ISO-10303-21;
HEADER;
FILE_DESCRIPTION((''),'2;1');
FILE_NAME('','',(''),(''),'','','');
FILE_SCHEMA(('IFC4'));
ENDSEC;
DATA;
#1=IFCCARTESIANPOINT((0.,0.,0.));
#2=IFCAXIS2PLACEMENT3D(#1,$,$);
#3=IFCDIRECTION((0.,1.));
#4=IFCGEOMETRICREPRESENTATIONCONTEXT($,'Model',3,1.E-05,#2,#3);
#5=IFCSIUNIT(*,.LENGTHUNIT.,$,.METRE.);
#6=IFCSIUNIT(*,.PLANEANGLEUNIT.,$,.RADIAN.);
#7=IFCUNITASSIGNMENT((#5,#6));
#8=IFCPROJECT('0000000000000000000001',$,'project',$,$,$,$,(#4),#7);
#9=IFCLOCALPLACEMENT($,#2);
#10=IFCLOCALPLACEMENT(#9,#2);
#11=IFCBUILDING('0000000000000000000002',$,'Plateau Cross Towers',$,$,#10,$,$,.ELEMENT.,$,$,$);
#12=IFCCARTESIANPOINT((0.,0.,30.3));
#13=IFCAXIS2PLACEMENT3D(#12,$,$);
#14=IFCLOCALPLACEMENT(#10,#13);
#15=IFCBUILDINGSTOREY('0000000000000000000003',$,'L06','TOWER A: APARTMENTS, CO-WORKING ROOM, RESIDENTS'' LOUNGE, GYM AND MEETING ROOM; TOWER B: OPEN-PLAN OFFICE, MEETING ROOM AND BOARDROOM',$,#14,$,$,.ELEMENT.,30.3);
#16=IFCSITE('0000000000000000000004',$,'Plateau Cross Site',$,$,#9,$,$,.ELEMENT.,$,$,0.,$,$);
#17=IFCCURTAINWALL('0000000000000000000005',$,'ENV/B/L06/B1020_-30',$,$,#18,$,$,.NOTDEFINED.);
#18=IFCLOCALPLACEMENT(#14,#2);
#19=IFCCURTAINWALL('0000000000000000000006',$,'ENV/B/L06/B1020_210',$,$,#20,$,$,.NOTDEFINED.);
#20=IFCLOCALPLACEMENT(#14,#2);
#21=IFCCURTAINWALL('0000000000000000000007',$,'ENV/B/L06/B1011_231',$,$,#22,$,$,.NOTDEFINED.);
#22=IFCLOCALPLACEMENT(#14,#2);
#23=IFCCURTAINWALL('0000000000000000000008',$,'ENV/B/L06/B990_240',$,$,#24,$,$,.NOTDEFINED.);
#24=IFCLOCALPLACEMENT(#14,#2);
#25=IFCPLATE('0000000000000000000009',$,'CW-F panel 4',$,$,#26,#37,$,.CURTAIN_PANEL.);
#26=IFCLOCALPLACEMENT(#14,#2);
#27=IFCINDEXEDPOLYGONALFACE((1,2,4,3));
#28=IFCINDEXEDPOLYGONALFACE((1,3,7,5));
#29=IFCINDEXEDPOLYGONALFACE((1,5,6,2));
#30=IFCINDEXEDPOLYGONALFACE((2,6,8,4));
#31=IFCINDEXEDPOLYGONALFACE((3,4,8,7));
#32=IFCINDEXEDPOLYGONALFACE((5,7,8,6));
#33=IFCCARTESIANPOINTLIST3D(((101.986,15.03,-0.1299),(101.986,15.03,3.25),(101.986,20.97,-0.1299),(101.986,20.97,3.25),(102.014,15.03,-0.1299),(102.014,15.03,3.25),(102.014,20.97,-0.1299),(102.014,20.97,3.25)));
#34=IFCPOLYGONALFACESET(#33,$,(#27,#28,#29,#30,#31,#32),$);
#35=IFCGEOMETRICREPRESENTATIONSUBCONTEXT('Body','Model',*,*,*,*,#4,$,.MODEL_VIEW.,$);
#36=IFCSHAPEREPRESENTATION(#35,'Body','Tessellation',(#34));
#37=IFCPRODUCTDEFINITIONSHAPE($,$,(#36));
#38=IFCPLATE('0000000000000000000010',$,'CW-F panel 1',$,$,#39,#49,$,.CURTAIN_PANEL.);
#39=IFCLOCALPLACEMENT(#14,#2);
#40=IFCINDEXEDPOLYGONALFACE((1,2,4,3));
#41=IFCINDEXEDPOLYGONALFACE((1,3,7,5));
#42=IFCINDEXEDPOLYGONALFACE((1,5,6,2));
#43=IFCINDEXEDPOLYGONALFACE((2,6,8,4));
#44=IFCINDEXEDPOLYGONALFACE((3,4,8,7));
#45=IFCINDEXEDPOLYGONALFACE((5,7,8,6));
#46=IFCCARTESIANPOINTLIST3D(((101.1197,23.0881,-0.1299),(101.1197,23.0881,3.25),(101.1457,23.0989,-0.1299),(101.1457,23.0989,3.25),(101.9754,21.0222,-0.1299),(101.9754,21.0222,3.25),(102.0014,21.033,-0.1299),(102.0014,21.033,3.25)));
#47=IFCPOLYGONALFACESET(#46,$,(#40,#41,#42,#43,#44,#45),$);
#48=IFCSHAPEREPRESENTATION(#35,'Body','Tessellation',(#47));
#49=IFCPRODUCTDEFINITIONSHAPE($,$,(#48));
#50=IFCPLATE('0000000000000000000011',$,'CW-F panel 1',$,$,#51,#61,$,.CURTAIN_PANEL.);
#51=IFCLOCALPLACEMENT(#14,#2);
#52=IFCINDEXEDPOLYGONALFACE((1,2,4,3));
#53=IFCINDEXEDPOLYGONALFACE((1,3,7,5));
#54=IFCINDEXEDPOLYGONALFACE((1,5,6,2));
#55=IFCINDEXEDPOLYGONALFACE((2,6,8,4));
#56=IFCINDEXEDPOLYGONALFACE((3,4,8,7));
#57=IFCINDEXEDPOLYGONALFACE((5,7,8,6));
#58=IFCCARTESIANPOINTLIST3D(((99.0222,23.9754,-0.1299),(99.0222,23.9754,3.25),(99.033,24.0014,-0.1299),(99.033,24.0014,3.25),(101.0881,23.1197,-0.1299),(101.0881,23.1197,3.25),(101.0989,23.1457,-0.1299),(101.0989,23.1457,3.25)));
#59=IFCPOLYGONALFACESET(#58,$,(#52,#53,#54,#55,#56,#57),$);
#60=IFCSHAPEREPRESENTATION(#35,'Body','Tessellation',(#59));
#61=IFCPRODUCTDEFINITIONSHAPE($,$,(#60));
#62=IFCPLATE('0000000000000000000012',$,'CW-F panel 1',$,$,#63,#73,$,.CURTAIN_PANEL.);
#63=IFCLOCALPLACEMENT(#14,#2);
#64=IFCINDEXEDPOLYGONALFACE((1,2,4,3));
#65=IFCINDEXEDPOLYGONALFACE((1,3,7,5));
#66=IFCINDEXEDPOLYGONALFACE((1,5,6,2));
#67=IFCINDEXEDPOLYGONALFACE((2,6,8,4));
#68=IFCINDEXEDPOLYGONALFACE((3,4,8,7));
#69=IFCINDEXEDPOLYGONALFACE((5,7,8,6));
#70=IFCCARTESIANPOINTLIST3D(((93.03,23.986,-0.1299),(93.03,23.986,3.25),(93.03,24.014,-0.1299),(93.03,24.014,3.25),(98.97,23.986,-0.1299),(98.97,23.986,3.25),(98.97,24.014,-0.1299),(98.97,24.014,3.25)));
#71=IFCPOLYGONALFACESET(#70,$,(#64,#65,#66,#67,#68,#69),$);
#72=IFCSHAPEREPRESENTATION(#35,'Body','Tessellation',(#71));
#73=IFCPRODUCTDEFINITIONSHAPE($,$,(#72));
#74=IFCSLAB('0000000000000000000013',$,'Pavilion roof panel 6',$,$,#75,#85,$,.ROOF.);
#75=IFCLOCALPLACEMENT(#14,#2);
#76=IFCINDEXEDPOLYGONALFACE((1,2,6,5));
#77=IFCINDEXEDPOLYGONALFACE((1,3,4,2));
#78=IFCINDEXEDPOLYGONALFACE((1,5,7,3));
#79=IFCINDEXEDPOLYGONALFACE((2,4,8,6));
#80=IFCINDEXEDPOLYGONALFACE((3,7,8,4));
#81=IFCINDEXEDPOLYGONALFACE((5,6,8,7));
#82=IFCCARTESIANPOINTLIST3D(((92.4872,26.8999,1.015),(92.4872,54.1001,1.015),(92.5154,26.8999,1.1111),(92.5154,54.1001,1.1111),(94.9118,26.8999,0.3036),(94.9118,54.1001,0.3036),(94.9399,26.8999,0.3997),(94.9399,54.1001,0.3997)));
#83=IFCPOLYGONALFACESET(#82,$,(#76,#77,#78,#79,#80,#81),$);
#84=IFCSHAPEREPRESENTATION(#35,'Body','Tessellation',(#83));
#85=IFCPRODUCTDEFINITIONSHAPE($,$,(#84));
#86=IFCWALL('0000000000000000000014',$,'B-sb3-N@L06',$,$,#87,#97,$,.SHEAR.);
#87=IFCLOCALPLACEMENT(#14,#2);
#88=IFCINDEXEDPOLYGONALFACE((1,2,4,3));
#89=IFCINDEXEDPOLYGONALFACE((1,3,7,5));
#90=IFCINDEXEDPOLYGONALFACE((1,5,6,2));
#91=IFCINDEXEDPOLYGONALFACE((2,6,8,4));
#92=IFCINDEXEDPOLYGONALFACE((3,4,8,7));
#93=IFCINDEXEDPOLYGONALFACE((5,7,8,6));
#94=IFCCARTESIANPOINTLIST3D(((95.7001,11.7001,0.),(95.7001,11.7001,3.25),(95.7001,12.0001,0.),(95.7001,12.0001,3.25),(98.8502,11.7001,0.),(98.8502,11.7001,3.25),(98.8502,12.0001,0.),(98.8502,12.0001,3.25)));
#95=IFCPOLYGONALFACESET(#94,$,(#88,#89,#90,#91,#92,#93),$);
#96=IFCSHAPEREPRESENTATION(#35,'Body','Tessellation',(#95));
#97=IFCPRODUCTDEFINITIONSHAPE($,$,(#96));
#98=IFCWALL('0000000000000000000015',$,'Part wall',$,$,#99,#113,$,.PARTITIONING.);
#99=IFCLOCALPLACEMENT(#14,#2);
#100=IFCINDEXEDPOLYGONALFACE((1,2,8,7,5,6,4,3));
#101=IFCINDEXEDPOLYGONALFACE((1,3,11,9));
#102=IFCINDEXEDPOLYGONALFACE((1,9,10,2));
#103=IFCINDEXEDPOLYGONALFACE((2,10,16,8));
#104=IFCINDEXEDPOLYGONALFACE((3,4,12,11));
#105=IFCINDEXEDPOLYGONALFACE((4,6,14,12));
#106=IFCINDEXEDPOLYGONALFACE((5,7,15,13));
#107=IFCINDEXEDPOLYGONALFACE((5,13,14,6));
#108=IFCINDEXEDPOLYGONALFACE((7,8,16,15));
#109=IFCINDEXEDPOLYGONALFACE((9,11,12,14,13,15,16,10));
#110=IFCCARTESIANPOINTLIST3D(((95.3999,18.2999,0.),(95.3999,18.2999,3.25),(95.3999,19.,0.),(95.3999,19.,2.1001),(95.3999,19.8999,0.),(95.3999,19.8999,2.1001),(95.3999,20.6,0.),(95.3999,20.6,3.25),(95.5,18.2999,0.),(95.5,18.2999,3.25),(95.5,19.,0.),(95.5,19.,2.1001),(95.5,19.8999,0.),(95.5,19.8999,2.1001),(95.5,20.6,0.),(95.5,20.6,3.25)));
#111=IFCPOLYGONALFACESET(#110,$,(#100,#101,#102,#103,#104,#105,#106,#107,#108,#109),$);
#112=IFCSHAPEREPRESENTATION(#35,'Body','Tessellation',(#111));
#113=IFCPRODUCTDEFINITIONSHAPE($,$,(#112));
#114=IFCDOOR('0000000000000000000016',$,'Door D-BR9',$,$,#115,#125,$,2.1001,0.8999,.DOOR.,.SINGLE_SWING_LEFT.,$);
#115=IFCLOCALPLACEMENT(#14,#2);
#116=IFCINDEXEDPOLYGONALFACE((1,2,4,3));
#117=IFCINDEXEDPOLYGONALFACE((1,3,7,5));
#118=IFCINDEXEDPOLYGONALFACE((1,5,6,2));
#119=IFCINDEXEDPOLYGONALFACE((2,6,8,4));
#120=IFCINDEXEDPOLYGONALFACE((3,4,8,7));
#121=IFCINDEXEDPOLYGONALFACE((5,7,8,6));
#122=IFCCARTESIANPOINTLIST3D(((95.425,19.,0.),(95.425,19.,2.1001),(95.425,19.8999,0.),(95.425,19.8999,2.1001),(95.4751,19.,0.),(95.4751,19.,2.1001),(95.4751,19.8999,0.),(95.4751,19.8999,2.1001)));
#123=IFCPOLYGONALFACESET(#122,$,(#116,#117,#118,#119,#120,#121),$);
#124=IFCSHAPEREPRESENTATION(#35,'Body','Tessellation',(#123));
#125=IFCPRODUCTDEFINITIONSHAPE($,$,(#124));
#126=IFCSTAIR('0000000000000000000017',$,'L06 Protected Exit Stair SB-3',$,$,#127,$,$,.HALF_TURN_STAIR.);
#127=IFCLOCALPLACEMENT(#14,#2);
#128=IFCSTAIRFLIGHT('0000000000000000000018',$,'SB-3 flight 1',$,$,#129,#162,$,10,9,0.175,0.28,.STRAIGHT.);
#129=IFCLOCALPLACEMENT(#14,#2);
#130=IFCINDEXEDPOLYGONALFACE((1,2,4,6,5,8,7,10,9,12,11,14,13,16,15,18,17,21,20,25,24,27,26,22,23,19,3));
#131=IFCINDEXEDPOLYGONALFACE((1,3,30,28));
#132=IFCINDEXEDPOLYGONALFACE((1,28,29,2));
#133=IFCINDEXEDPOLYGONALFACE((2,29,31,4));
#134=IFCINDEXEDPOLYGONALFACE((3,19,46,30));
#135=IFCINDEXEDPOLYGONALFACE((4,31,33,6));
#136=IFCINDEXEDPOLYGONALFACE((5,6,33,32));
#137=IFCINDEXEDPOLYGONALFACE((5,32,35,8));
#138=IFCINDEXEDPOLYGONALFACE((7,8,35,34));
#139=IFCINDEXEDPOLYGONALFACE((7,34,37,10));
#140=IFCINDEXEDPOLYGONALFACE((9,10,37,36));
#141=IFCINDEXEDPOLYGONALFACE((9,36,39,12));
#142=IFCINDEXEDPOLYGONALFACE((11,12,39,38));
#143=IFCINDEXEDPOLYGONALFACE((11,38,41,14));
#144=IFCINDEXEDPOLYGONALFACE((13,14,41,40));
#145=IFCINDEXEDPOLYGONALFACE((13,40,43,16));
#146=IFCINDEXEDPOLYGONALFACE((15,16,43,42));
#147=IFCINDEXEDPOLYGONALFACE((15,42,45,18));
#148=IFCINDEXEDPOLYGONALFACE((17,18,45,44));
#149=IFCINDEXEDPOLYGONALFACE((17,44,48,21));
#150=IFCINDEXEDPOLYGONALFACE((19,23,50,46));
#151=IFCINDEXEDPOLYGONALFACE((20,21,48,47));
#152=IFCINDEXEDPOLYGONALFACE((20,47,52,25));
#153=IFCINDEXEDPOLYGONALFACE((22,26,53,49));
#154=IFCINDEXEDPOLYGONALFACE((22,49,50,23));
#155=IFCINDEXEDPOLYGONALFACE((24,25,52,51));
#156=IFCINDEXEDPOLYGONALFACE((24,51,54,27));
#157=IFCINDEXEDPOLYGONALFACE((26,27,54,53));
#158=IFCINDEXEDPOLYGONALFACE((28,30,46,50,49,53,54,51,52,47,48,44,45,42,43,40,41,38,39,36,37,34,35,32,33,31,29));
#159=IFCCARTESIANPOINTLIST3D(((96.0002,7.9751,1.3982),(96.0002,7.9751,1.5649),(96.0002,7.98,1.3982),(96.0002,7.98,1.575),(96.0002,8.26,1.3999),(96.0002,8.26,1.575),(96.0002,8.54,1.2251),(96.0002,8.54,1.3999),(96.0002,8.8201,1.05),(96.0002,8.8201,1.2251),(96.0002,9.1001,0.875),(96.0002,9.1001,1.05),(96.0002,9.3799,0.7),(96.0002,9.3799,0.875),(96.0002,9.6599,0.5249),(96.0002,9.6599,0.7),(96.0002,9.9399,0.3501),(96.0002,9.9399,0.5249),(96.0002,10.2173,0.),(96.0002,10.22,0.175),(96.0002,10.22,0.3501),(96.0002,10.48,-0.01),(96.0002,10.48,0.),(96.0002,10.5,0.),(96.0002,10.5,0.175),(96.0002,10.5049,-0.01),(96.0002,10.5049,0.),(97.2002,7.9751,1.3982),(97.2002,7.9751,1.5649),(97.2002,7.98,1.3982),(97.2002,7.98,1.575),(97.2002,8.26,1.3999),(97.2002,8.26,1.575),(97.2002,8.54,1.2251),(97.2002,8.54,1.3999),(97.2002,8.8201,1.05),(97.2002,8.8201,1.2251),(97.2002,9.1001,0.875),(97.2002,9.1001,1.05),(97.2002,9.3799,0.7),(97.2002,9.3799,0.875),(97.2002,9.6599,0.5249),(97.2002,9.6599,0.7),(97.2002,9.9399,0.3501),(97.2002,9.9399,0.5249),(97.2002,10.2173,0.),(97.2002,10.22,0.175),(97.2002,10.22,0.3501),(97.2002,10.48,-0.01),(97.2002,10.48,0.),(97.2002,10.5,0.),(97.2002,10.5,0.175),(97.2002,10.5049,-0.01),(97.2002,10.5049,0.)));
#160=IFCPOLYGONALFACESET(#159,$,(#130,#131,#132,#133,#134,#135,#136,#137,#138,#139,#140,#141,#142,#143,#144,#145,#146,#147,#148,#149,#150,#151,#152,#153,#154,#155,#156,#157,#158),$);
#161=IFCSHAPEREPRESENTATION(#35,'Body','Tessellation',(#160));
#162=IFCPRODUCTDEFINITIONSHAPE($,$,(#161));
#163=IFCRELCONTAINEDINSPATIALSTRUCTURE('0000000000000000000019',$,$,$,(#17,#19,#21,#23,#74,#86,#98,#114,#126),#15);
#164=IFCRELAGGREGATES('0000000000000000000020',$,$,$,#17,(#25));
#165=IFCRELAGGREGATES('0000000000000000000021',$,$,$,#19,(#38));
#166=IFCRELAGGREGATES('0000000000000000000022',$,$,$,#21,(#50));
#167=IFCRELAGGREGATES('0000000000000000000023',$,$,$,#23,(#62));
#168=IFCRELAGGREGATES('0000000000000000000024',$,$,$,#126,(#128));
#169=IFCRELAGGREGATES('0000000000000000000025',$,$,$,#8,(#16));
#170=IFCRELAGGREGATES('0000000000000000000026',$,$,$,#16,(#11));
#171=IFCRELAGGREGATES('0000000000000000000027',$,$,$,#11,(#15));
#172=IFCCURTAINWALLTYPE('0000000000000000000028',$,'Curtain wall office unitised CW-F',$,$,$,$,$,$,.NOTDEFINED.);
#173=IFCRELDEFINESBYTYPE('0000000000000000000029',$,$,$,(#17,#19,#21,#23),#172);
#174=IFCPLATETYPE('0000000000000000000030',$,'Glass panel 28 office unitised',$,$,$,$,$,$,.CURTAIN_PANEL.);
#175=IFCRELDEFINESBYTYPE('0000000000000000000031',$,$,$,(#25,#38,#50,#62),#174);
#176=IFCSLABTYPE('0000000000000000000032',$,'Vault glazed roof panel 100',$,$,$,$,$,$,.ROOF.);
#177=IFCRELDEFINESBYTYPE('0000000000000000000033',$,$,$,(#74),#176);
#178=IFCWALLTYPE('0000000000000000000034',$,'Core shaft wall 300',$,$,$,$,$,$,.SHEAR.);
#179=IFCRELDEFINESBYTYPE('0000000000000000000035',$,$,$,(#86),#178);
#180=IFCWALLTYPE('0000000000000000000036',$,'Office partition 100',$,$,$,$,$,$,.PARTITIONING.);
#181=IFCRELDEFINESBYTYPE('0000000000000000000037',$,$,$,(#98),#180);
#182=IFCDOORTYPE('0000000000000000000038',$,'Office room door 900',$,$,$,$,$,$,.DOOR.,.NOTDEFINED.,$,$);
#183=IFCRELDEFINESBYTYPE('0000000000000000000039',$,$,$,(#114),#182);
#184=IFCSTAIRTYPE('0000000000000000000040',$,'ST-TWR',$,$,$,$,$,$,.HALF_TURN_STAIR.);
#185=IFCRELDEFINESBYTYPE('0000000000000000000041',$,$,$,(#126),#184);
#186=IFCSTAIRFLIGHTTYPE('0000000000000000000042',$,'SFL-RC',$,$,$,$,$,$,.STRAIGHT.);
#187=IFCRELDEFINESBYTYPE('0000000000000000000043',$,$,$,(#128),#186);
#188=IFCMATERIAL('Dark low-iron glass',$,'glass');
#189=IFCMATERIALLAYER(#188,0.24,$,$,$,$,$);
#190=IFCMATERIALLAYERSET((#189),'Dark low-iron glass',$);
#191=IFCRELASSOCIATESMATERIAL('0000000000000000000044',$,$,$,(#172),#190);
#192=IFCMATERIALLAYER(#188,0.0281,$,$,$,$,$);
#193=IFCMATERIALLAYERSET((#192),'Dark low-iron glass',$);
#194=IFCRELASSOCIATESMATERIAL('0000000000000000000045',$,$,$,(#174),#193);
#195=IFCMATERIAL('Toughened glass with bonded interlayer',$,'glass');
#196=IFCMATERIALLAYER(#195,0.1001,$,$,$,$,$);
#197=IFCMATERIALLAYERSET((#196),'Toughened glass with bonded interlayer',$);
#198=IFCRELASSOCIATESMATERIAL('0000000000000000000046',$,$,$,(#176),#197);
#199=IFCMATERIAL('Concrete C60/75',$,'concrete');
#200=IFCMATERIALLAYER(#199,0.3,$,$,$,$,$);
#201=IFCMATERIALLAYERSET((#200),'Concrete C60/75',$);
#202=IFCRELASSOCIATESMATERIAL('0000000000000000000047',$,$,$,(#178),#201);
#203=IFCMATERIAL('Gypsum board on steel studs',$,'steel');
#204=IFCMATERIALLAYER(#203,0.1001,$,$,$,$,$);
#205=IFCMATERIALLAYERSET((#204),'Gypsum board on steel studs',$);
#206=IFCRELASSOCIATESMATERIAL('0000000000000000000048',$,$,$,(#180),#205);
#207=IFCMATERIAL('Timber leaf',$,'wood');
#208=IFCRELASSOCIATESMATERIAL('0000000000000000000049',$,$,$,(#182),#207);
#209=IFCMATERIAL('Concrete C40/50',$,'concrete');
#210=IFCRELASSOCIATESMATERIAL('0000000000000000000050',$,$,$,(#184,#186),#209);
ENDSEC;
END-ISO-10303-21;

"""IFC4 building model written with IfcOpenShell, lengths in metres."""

from ifc_helpers import new_model, si_unit, direction, frame, frame_2d, origin, origin_2d, place, context, subcontext, project, spatial, polyline, rectangle, outline, extrude, material, layer, layer_set, type_object, element, fill, aggregate, save


model = new_model("IFC4")

# Units and contexts
model_context = context("Model", 3, precision=1e-05, world=origin(), true_north=direction((0.0, 1.0)))
body_context = subcontext(model_context, "Body", "Model", "MODEL_VIEW")
ifc_project = project(units=[si_unit("LENGTHUNIT", "METRE"), si_unit("PLANEANGLEUNIT", "RADIAN")], contexts=[model_context])

# Site, building, storey
site_placement = place(None, origin())
site = spatial("IfcSite", under=ifc_project, at=site_placement, Name="Plateau Cross Site", CompositionType="ELEMENT", RefElevation=0.0)
building_placement = place(site_placement, origin())
building = spatial("IfcBuilding", under=site, at=building_placement, Name="Plateau Cross Towers", CompositionType="ELEMENT")
storey_placement = place(building_placement, frame((0.0, 0.0, 30.3)))
storey = spatial("IfcBuildingStorey", under=building, at=storey_placement, Name="L06", Description="TOWER A: APARTMENTS, CO-WORKING ROOM, RESIDENTS' LOUNGE, GYM AND MEETING ROOM; TOWER B: OPEN-PLAN OFFICE, MEETING ROOM AND BOARDROOM", CompositionType="ELEMENT", Elevation=30.3)

# Shared definitions
ifc_material_1 = material(Name="Concrete C60/75", Category="concrete")

# Curtain wall
ifc_material_2 = material(Name="Dark low-iron glass", Category="glass")
ifc_layer_1 = layer(ifc_material_2, 0.24)
ifc_layer_set_1 = layer_set([ifc_layer_1], Name="Dark low-iron glass")
curtain_wall_type = type_object("IfcCurtainWallType", Name="Curtain wall office unitised CW-F", PredefinedType="NOTDEFINED", material=ifc_layer_set_1)
curtain_wall_1_placement = place(storey_placement, origin())
curtain_wall_1 = element("IfcCurtainWall", 1, at=curtain_wall_1_placement, inside=storey, type_object=curtain_wall_type, Name="ENV/B/L06/B1020_-30", PredefinedType="NOTDEFINED")

# Curtain walls
curtain_wall_2_placement = place(storey_placement, origin())
curtain_wall_2 = element("IfcCurtainWall", 2, at=curtain_wall_2_placement, inside=storey, type_object=curtain_wall_type, Name="ENV/B/L06/B1020_210", PredefinedType="NOTDEFINED")
curtain_wall_3_placement = place(storey_placement, origin())
curtain_wall_3 = element("IfcCurtainWall", 3, at=curtain_wall_3_placement, inside=storey, type_object=curtain_wall_type, Name="ENV/B/L06/B1011_231", PredefinedType="NOTDEFINED")

# Curtain wall
curtain_wall_4_placement = place(storey_placement, origin())
curtain_wall_4 = element("IfcCurtainWall", 4, at=curtain_wall_4_placement, inside=storey, type_object=curtain_wall_type, Name="ENV/B/L06/B990_240", PredefinedType="NOTDEFINED")

# Plates
ifc_layer_2 = layer(ifc_material_2, 0.0281)
ifc_layer_set_2 = layer_set([ifc_layer_2], Name="Dark low-iron glass")
plate_type = type_object("IfcPlateType", Name="Glass panel 28 office unitised", PredefinedType="CURTAIN_PANEL", material=ifc_layer_set_2)
plate_1_placement = place(storey_placement, frame((102.0, 18.0, -0.1299), z_axis=(0.0, 0.0, 1.0), x_axis=(0.0, 1.0, 0.0)))
plate_1 = element("IfcPlate", 5, at=plate_1_placement, type_object=plate_type, Name="CW-F panel 4", PredefinedType="CURTAIN_PANEL", context=body_context, shape_type="SweptSolid", body=[
    extrude(rectangle(XDim=5.9399, YDim=0.0281, at=origin_2d()), origin(), (0.0, 0.0, 1.0), 3.3799),
])
aggregate(curtain_wall_1, [plate_1])
plate_2_placement = place(storey_placement, frame((101.5605, 22.0605, -0.1299), z_axis=(0.0, 0.0, 1.0), x_axis=(-0.382684, 0.923879, 0.0)))
plate_2 = element("IfcPlate", 6, at=plate_2_placement, type_object=plate_type, Name="CW-F panel 1", PredefinedType="CURTAIN_PANEL", context=body_context, shape_type="SweptSolid", body=[
    extrude(rectangle(XDim=2.2361, YDim=0.0281, at=origin_2d()), origin(), (0.0, 0.0, 1.0), 3.3799),
])
aggregate(curtain_wall_2, [plate_2])
plate_3_placement = place(storey_placement, frame((100.0605, 23.5605, -0.1299), z_axis=(0.0, 0.0, 1.0), x_axis=(-0.923879, 0.382684, 0.0)))
plate_3 = element("IfcPlate", 7, at=plate_3_placement, type_object=plate_type, Name="CW-F panel 1", PredefinedType="CURTAIN_PANEL", context=body_context, shape_type="SweptSolid", body=[
    extrude(rectangle(XDim=2.2361, YDim=0.0281, at=origin_2d()), origin(), (0.0, 0.0, 1.0), 3.3799),
])
aggregate(curtain_wall_3, [plate_3])
plate_4_placement = place(storey_placement, frame((96.0, 24.0, -0.1299), z_axis=(0.0, 0.0, 1.0), x_axis=(-1.0, 0.0, 0.0)))
plate_4 = element("IfcPlate", 8, at=plate_4_placement, type_object=plate_type, Name="CW-F panel 1", PredefinedType="CURTAIN_PANEL", context=body_context, shape_type="SweptSolid", body=[
    extrude(rectangle(XDim=5.9399, YDim=0.0281, at=origin_2d()), origin(), (0.0, 0.0, 1.0), 3.3799),
])
aggregate(curtain_wall_4, [plate_4])

# Slab
ifc_material_3 = material(Name="Toughened glass with bonded interlayer", Category="glass")
ifc_layer_3 = layer(ifc_material_3, 0.1001)
ifc_layer_set_3 = layer_set([ifc_layer_3], Name="Toughened glass with bonded interlayer")
slab_type = type_object("IfcSlabType", Name="Vault glazed roof panel 100", PredefinedType="ROOF", material=ifc_layer_set_3)
slab_placement = place(storey_placement, frame((92.5154, 26.8999, 1.1111), z_axis=(0.281554, 0.0, 0.959545), x_axis=(0.959545, 0.0, -0.281554)))
element("IfcSlab", 9, at=slab_placement, inside=storey, type_object=slab_type, Name="Pavilion roof panel 6", PredefinedType="ROOF", context=body_context, shape_type="SweptSolid", body=[
    extrude(outline(polyline([(0.0, 0.0), (2.5268, 0.0), (2.5268, 27.2002), (0.0, 27.2002), (0.0, 0.0)])), origin(), (0.0, 0.0, -1.0), 0.1001),
])

# Wall
ifc_layer_4 = layer(ifc_material_1, 0.3)
ifc_layer_set_4 = layer_set([ifc_layer_4], Name="Concrete C60/75")
wall_type_1 = type_object("IfcWallType", Name="Core shaft wall 300", PredefinedType="SHEAR", material=ifc_layer_set_4)
wall_1_placement = place(storey_placement, frame((95.7, 11.8501, 0.0), z_axis=(0.0, 0.0, 1.0), x_axis=(1.0, 0.0, 0.0)))
element("IfcWall", 10, at=wall_1_placement, inside=storey, type_object=wall_type_1, Name="B-sb3-N@L06", PredefinedType="SHEAR", context=body_context, shape_type="SweptSolid", body=[
    extrude(rectangle(XDim=3.1501, YDim=0.3, at=frame_2d((1.5752, 0.0))), origin(), (0.0, 0.0, 1.0), 3.25),
])

# Wall, opening, door
ifc_material_4 = material(Name="Gypsum board on steel studs", Category="steel")
ifc_layer_5 = layer(ifc_material_4, 0.1001)
ifc_layer_set_5 = layer_set([ifc_layer_5], Name="Gypsum board on steel studs")
wall_type_2 = type_object("IfcWallType", Name="Office partition 100", PredefinedType="PARTITIONING", material=ifc_layer_set_5)
wall_2_placement = place(storey_placement, frame((95.45, 18.3, 0.0), z_axis=(0.0, 0.0, 1.0), x_axis=(0.0, 1.0, 0.0)))
wall_2 = element("IfcWall", 11, at=wall_2_placement, inside=storey, type_object=wall_type_2, Name="Part wall", PredefinedType="PARTITIONING", context=body_context, shape_type="SweptSolid", body=[
    extrude(rectangle(XDim=2.3, YDim=0.1001, at=frame_2d((1.1499, 0.0))), origin(), (0.0, 0.0, 1.0), 3.25),
])
opening_1_placement = place(wall_2_placement, frame((0.7, 0.0, 0.0)))
opening_1 = element("IfcOpeningElement", 12, at=opening_1_placement, cuts=wall_2, PredefinedType="OPENING", context=body_context, shape_type="SweptSolid", body=[
    extrude(rectangle(XDim=0.8999, YDim=2.1001, at=frame_2d((0.45, 1.05))), frame((0.0, 0.0601, 0.0), z_axis=(0.0, -1.0, 0.0), x_axis=(1.0, 0.0, 0.0)), (0.0, 0.0, 1.0), 0.1201),
])
ifc_material_5 = material(Name="Timber leaf", Category="wood")
door_type_1 = type_object("IfcDoorType", Name="Office room door 900", OperationType="NOTDEFINED", PredefinedType="DOOR", material=ifc_material_5)
door_1_placement = place(opening_1_placement, origin())
door_1 = element("IfcDoor", 13, at=door_1_placement, inside=storey, type_object=door_type_1, Name="Door D-BR9", OperationType="SINGLE_SWING_LEFT", OverallHeight=2.1001, OverallWidth=0.8999, PredefinedType="DOOR", context=body_context, shape_type="SweptSolid", body=[
    extrude(rectangle(XDim=0.8999, YDim=2.1001, at=frame_2d((0.45, 1.05))), frame((0.0, 0.0249, 0.0), z_axis=(0.0, -1.0, 0.0), x_axis=(1.0, 0.0, 0.0)), (0.0, 0.0, 1.0), 0.05),
])
fill(opening_1, door_1)

# Stair, stair flight
ifc_material_6 = material(Name="Concrete C40/50", Category="concrete")
stair_type = type_object("IfcStairType", Name="ST-TWR", PredefinedType="HALF_TURN_STAIR", material=ifc_material_6)
stair_placement = place(storey_placement, origin())
stair = element("IfcStair", 14, at=stair_placement, inside=storey, type_object=stair_type, Name="L06 Protected Exit Stair SB-3", PredefinedType="HALF_TURN_STAIR")
stair_flight_type = type_object("IfcStairFlightType", Name="SFL-RC", PredefinedType="STRAIGHT", material=ifc_material_6)
stair_flight_1_placement = place(storey_placement, frame((96.6001, 10.5, 0.0), z_axis=(0.0, 0.0, 1.0), x_axis=(0.0, -1.0, 0.0)))
stair_flight_1 = element("IfcStairFlight", 15, at=stair_flight_1_placement, type_object=stair_flight_type, Name="SB-3 flight 1", NumberOfRisers=10, NumberOfTreads=9, PredefinedType="STRAIGHT", RiserHeight=0.175, TreadLength=0.28, context=body_context, shape_type="SweptSolid", body=[
    extrude(outline(polyline([(-0.0049, -0.01), (-0.0049, 0.0), (0.0, 0.0), (0.0, 0.175), (0.28, 0.175), (0.28, 0.3501), (0.5601, 0.3501), (0.5601, 0.5249), (0.8401, 0.5249), (0.8401, 0.7), (1.1201, 0.7), (1.1201, 0.875), (1.3999, 0.875), (1.3999, 1.05), (1.6799, 1.05), (1.6799, 1.2251), (1.96, 1.2251), (1.96, 1.3999), (2.24, 1.3999), (2.24, 1.575), (2.52, 1.575), (2.5249, 1.5649), (2.5249, 1.3982), (2.52, 1.3982), (0.2827, 0.0), (0.02, 0.0), (0.02, -0.01), (-0.0049, -0.01)])), frame((0.0, 0.6001, 0.0), z_axis=(0.0, -1.0, 0.0), x_axis=(1.0, 0.0, 0.0)), (0.0, 0.0, 1.0), 1.2),
])
aggregate(stair, [stair_flight_1])

save(model, "model.ifc")
